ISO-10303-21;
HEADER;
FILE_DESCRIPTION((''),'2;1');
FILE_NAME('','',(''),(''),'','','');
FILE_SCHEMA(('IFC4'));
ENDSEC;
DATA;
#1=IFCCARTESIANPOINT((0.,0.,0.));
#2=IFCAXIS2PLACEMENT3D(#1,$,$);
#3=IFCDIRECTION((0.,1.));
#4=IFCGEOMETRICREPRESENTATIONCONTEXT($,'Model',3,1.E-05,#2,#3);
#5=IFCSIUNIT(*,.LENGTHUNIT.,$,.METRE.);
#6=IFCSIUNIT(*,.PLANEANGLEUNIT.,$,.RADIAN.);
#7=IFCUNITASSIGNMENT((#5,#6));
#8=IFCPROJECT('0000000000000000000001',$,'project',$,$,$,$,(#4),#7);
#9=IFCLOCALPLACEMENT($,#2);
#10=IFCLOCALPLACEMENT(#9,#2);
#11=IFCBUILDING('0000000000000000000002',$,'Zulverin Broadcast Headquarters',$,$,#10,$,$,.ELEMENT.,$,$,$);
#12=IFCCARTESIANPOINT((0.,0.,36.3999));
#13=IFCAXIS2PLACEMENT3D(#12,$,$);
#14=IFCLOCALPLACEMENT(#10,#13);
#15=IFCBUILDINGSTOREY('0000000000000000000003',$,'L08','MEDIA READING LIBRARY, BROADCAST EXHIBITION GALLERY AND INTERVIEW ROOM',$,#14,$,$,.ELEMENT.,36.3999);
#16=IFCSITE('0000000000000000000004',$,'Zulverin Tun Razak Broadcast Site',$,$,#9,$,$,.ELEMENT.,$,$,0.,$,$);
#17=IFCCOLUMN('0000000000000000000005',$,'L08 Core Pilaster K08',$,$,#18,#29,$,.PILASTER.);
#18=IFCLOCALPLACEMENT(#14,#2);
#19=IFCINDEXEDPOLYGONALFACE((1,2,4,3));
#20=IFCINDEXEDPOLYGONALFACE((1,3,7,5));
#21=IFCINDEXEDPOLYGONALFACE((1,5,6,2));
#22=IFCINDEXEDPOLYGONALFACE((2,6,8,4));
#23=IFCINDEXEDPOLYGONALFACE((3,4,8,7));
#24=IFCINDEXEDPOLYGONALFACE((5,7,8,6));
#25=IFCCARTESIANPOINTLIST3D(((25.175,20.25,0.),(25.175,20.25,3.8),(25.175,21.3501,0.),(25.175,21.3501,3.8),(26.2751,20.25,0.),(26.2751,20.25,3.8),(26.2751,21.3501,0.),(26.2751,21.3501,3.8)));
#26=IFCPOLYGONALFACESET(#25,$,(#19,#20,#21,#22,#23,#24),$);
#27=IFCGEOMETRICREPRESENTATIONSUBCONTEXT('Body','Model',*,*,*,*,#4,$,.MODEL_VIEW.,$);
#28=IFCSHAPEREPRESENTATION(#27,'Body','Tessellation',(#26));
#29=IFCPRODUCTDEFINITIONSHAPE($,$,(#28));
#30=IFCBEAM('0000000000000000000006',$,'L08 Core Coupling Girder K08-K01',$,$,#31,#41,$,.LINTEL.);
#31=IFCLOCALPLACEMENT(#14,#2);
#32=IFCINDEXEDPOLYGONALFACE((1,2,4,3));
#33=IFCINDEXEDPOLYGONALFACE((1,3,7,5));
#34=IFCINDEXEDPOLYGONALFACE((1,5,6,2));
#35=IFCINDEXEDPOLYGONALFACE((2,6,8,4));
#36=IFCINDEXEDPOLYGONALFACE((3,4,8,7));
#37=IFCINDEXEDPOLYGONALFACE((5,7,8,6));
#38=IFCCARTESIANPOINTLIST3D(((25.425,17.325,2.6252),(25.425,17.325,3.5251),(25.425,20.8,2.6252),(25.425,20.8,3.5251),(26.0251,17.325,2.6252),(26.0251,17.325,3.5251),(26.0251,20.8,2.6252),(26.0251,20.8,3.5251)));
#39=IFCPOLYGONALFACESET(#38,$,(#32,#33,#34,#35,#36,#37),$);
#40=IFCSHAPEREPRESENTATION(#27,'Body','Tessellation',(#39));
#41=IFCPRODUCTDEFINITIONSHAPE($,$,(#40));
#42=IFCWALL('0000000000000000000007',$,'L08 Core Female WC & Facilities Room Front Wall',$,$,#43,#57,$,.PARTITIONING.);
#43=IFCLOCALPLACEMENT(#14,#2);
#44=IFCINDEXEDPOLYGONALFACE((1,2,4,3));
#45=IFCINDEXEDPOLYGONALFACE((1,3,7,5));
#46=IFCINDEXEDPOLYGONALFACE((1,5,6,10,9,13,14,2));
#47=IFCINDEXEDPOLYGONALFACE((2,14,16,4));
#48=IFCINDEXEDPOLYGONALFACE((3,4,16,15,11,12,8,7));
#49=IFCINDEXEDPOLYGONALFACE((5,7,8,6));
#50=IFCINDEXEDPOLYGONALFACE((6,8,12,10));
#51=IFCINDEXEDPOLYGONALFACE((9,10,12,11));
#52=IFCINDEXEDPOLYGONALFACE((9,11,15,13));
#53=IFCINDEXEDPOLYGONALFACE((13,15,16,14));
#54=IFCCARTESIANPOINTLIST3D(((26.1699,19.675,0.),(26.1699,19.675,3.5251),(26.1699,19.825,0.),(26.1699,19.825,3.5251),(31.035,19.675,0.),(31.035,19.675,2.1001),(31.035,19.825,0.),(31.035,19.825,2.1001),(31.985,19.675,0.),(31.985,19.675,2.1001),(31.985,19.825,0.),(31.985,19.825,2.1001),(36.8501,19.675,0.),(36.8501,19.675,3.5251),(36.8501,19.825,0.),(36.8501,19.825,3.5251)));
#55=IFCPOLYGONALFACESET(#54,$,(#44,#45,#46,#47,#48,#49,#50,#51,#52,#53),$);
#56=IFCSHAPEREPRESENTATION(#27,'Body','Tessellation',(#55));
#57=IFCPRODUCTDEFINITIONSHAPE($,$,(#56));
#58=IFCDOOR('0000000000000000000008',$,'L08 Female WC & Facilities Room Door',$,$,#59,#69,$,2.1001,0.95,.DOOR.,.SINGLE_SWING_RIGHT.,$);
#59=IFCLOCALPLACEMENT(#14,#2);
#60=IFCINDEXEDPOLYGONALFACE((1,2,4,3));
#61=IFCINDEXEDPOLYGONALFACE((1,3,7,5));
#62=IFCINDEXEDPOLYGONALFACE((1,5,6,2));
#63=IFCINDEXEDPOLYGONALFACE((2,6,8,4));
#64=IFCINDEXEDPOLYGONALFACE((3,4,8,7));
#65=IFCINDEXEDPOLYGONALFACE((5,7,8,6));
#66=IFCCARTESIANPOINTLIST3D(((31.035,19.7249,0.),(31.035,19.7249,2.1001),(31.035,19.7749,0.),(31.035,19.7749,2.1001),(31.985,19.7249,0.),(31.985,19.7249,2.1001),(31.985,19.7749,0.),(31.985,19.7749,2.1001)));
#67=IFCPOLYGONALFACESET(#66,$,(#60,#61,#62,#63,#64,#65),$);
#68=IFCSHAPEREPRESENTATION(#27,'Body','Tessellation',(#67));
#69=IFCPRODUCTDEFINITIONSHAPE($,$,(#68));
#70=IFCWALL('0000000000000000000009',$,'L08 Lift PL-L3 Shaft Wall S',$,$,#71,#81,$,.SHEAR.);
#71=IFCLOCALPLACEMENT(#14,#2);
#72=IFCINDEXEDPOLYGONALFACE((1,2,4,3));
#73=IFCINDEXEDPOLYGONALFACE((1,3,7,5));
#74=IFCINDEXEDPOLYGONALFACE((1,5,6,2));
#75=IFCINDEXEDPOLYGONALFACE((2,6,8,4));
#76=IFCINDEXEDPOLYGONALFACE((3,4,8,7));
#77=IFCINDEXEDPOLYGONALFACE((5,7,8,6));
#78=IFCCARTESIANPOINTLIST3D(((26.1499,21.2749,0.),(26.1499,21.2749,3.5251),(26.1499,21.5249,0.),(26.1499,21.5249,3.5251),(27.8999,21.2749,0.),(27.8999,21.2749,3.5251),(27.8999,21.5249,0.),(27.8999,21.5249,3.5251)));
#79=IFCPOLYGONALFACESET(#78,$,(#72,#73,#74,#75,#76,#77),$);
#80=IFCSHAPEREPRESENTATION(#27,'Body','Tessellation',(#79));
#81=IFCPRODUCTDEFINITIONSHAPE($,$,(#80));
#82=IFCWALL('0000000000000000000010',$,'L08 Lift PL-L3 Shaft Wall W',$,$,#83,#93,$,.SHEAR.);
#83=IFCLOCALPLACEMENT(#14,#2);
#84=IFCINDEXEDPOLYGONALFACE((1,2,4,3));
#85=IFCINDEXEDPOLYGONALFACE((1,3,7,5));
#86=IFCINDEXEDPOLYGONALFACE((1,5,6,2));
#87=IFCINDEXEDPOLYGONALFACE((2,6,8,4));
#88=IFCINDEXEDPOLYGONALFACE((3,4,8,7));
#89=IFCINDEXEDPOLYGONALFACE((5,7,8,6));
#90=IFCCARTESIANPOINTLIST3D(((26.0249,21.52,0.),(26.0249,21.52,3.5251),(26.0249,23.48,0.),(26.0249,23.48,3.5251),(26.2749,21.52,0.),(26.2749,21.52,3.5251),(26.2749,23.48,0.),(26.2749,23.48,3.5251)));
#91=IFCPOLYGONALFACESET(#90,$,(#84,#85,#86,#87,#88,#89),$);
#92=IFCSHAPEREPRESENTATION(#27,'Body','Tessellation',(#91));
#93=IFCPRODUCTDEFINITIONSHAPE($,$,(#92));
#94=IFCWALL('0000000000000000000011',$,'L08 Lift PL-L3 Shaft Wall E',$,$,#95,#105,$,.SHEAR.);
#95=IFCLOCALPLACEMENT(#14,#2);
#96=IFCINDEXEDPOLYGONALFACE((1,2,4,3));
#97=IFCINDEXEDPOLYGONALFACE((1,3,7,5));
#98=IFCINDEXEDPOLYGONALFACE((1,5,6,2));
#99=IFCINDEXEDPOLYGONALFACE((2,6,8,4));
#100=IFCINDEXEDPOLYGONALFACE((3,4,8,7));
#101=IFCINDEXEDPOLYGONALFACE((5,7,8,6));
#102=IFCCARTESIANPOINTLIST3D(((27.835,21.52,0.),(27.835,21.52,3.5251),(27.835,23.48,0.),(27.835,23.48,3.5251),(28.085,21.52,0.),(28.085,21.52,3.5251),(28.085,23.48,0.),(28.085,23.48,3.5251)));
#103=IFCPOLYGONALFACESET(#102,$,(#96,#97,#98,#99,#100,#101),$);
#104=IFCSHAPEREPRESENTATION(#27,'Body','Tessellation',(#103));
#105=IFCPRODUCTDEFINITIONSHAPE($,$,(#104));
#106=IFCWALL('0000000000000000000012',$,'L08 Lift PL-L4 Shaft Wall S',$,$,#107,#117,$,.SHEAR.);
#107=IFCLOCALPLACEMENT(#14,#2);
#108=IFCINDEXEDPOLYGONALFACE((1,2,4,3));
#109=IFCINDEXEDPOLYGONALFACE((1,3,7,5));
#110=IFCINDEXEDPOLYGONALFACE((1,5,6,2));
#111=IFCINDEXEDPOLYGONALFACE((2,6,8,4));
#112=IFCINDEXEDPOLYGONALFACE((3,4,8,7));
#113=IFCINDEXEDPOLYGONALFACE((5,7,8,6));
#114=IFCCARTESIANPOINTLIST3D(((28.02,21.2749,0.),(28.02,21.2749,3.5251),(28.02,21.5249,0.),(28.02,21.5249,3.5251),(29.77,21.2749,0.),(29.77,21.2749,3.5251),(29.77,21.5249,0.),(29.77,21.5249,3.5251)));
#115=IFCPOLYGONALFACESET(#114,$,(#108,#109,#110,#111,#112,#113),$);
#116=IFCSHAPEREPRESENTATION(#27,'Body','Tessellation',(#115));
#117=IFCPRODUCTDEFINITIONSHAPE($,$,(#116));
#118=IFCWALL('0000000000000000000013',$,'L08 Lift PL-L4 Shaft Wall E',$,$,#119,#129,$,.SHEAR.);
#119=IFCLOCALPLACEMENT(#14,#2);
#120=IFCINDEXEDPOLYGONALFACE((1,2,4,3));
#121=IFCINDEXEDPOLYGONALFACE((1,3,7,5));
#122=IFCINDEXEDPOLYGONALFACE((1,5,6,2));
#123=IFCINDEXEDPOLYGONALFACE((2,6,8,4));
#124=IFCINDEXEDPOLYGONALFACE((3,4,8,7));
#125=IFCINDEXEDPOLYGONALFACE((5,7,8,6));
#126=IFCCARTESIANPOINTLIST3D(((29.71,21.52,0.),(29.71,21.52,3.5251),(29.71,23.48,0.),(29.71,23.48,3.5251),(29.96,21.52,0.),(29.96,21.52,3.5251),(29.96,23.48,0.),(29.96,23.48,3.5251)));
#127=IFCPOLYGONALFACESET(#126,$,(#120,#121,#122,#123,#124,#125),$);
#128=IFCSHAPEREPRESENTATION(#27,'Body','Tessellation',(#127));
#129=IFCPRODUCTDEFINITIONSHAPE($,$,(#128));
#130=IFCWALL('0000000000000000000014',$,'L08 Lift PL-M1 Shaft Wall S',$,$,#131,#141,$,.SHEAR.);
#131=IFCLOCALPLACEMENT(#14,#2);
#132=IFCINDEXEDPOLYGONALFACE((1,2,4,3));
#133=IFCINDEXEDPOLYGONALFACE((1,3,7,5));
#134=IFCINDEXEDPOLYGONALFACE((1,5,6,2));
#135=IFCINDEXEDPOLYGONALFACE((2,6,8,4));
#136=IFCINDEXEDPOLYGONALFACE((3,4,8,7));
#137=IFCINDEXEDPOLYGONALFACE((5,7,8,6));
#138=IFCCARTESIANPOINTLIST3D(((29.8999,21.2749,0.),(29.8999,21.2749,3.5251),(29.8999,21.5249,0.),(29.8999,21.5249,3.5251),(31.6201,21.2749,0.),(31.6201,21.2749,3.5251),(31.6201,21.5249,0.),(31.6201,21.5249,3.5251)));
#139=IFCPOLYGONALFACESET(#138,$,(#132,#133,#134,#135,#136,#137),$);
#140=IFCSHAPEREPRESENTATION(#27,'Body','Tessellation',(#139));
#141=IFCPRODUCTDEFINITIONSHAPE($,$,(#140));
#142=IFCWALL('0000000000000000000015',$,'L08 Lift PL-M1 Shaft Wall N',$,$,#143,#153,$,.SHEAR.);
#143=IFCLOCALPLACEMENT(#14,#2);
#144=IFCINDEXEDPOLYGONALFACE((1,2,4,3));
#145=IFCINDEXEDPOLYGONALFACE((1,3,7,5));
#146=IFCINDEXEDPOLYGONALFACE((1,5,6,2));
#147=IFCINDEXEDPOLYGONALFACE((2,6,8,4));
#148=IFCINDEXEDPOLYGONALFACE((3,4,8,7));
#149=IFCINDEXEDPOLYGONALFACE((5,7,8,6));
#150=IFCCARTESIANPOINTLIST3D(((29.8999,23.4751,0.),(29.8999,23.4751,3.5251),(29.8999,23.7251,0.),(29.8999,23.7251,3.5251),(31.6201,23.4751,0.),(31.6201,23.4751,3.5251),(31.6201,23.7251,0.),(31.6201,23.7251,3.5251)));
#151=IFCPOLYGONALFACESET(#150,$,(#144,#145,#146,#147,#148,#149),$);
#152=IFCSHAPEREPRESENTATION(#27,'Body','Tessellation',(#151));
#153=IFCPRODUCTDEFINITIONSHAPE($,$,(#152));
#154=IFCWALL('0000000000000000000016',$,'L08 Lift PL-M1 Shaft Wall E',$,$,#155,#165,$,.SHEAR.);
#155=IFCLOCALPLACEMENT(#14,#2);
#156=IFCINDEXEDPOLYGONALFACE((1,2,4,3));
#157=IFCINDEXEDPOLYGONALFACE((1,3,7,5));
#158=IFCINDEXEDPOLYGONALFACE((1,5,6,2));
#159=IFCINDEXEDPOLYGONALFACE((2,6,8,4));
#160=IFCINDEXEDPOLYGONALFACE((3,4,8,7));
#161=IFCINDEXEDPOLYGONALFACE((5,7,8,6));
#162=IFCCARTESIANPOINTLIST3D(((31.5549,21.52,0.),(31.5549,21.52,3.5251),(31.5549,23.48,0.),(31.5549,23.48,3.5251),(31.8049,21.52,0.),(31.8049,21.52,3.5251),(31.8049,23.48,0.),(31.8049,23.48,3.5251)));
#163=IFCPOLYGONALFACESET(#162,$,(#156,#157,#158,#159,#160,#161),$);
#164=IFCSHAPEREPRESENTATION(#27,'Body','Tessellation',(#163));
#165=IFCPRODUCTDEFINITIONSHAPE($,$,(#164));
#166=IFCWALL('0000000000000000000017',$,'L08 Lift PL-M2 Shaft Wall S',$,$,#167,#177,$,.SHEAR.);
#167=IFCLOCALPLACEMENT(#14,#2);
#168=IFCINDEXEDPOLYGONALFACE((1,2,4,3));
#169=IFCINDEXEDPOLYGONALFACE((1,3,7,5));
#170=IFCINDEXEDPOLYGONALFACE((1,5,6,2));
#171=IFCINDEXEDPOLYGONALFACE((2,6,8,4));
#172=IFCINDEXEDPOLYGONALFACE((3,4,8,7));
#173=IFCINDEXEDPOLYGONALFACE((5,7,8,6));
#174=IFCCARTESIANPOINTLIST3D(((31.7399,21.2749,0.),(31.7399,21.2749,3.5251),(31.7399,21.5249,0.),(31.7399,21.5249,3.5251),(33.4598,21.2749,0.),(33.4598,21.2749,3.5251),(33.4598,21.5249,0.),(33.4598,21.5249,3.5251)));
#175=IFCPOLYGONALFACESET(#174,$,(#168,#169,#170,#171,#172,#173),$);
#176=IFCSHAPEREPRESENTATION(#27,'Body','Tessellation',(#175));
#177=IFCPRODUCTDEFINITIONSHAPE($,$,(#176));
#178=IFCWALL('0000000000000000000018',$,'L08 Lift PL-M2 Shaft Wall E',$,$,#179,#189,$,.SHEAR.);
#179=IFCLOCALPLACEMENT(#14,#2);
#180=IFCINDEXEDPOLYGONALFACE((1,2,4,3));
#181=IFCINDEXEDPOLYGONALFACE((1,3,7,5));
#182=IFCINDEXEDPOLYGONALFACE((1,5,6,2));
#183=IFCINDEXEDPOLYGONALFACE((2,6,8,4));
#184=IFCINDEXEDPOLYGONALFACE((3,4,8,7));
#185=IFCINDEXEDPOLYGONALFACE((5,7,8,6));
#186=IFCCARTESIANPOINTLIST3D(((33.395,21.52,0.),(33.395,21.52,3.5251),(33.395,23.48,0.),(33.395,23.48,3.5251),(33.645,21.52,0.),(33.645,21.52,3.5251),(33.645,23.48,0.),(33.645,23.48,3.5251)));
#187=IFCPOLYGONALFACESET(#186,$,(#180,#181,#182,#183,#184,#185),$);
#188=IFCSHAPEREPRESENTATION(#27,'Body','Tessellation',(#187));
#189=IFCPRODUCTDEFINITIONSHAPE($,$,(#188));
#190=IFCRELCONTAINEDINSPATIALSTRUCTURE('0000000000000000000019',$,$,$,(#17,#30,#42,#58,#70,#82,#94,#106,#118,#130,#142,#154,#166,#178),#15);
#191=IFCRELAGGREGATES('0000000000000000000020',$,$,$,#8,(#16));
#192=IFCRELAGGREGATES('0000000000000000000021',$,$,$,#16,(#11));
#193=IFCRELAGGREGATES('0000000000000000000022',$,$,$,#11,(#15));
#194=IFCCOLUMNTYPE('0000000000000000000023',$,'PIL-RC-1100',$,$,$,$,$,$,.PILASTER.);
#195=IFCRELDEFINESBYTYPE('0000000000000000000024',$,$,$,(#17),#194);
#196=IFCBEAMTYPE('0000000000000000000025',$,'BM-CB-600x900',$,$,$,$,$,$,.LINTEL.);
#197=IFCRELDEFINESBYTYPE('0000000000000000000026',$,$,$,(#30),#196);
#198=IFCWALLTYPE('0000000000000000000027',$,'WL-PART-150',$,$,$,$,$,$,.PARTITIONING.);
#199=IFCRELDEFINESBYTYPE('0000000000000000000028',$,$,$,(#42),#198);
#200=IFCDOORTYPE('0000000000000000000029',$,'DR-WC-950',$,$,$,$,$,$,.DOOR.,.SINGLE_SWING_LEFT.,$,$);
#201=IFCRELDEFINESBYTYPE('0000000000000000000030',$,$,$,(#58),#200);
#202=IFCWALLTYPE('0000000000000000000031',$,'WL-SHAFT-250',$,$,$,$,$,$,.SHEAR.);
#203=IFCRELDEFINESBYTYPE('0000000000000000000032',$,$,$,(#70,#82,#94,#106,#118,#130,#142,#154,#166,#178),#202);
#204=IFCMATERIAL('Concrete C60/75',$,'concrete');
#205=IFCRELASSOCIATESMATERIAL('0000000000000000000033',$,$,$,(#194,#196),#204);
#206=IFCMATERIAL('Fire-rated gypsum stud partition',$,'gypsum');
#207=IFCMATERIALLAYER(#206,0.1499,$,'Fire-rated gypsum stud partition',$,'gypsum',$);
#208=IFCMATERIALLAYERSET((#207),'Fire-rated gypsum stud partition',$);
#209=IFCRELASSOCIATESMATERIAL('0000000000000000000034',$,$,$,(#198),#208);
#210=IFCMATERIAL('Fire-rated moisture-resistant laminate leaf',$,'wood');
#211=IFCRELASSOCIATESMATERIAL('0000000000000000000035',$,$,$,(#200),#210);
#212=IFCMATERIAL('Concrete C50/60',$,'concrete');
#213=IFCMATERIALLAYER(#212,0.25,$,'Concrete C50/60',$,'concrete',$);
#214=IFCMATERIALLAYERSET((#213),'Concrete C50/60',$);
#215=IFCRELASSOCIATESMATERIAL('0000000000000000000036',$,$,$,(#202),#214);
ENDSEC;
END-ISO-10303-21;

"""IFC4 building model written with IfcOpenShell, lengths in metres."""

from ifc_helpers import new_model, si_unit, direction, frame, frame_2d, origin, origin_2d, place, context, subcontext, project, spatial, rectangle, extrude, material, layer, layer_set, material_profile, profile_set, type_object, element, fill, save


model = new_model("IFC4")

# Units and contexts
model_context = context("Model", 3, precision=1e-05, world=origin(), true_north=direction((0.0, 1.0)))
body_context = subcontext(model_context, "Body", "Model", "MODEL_VIEW")
ifc_project = project(units=[si_unit("LENGTHUNIT", "METRE"), si_unit("PLANEANGLEUNIT", "RADIAN")], contexts=[model_context])

# Site, building, storey
site_placement = place(None, origin())
site = spatial("IfcSite", under=ifc_project, at=site_placement, Name="Zulverin Tun Razak Broadcast Site", CompositionType="ELEMENT", RefElevation=0.0)
building_placement = place(site_placement, origin())
building = spatial("IfcBuilding", under=site, at=building_placement, Name="Zulverin Broadcast Headquarters", CompositionType="ELEMENT")
storey_placement = place(building_placement, frame((0.0, 0.0, 36.3999)))
storey = spatial("IfcBuildingStorey", under=building, at=storey_placement, Name="L08", Description="MEDIA READING LIBRARY, BROADCAST EXHIBITION GALLERY AND INTERVIEW ROOM", CompositionType="ELEMENT", Elevation=36.3999)

# Column
ifc_material_1 = material(Name="Concrete C60/75", Category="concrete")
ifc_material_profile_1 = material_profile(ifc_material_1, rectangle(XDim=1.1001, YDim=1.1001, at=origin_2d()), Name="Concrete C60/75", Category="concrete")
ifc_profile_set_1 = profile_set([ifc_material_profile_1], Name="Concrete C60/75")
column_type = type_object("IfcColumnType", Name="PIL-RC-1100", PredefinedType="PILASTER", material=ifc_profile_set_1)
column_placement = place(storey_placement, frame((25.7251, 20.8, 0.0), z_axis=(0.0, 0.0, 1.0), x_axis=(1.0, 0.0, 0.0)))
element("IfcColumn", 1, at=column_placement, inside=storey, type_object=column_type, Name="L08 Core Pilaster K08", PredefinedType="PILASTER", context=body_context, shape_type="SweptSolid", body=[
    extrude(rectangle(XDim=1.1001, YDim=1.1001, at=origin_2d()), origin(), (0.0, 0.0, 1.0), 3.8),
])

# Beam
ifc_material_profile_2 = material_profile(ifc_material_1, rectangle(XDim=0.6001, YDim=0.8999, at=origin_2d()), Name="Concrete C60/75", Category="concrete")
ifc_profile_set_2 = profile_set([ifc_material_profile_2], Name="Concrete C60/75")
beam_type = type_object("IfcBeamType", Name="BM-CB-600x900", PredefinedType="LINTEL", material=ifc_profile_set_2)
beam_placement = place(storey_placement, frame((25.7251, 20.8, 3.0752), z_axis=(0.0, -1.0, 0.0), x_axis=(1.0, 0.0, 0.0)))
element("IfcBeam", 2, at=beam_placement, inside=storey, type_object=beam_type, Name="L08 Core Coupling Girder K08-K01", PredefinedType="LINTEL", context=body_context, shape_type="SweptSolid", body=[
    extrude(rectangle(XDim=0.6001, YDim=0.8999, at=origin_2d()), origin(), (0.0, 0.0, 1.0), 3.4751),
])

# Wall, opening, door
ifc_material_2 = material(Name="Fire-rated gypsum stud partition", Category="gypsum")
ifc_layer_1 = layer(ifc_material_2, 0.1499, Name="Fire-rated gypsum stud partition", Category="gypsum")
ifc_layer_set_1 = layer_set([ifc_layer_1], Name="Fire-rated gypsum stud partition")
wall_type_1 = type_object("IfcWallType", Name="WL-PART-150", PredefinedType="PARTITIONING", material=ifc_layer_set_1)
wall_1_placement = place(storey_placement, frame((26.1699, 19.75, 0.0), z_axis=(0.0, 0.0, 1.0), x_axis=(1.0, 0.0, 0.0)))
wall_1 = element("IfcWall", 3, at=wall_1_placement, inside=storey, type_object=wall_type_1, Name="L08 Core Female WC & Facilities Room Front Wall", PredefinedType="PARTITIONING", context=body_context, shape_type="SweptSolid", body=[
    extrude(rectangle(XDim=10.6802, YDim=0.1499, at=frame_2d((5.3401, 0.0))), origin(), (0.0, 0.0, 1.0), 3.5251),
])
opening_1_placement = place(wall_1_placement, frame((4.865, 0.0, 0.0)))
opening_1 = element("IfcOpeningElement", 4, at=opening_1_placement, cuts=wall_1, PredefinedType="OPENING", context=body_context, shape_type="SweptSolid", body=[
    extrude(rectangle(XDim=0.95, YDim=2.1001, at=frame_2d((0.4751, 1.05))), frame((0.0, 0.085, 0.0), z_axis=(0.0, -1.0, 0.0), x_axis=(1.0, 0.0, 0.0)), (0.0, 0.0, 1.0), 0.1699),
])
ifc_material_3 = material(Name="Fire-rated moisture-resistant laminate leaf", Category="wood")
door_type_1 = type_object("IfcDoorType", Name="DR-WC-950", OperationType="SINGLE_SWING_LEFT", PredefinedType="DOOR", material=ifc_material_3)
door_1_placement = place(opening_1_placement, origin())
door_1 = element("IfcDoor", 5, at=door_1_placement, inside=storey, type_object=door_type_1, Name="L08 Female WC & Facilities Room Door", OperationType="SINGLE_SWING_RIGHT", OverallHeight=2.1001, OverallWidth=0.95, PredefinedType="DOOR", context=body_context, shape_type="SweptSolid", body=[
    extrude(rectangle(XDim=0.95, YDim=2.1001, at=frame_2d((0.4751, 1.05))), frame((0.0, 0.0249, 0.0), z_axis=(0.0, -1.0, 0.0), x_axis=(1.0, 0.0, 0.0)), (0.0, 0.0, 1.0), 0.05),
])
fill(opening_1, door_1)

# Wall
ifc_material_4 = material(Name="Concrete C50/60", Category="concrete")
ifc_layer_2 = layer(ifc_material_4, 0.25, Name="Concrete C50/60", Category="concrete")
ifc_layer_set_2 = layer_set([ifc_layer_2], Name="Concrete C50/60")
wall_type_2 = type_object("IfcWallType", Name="WL-SHAFT-250", PredefinedType="SHEAR", material=ifc_layer_set_2)
wall_2_placement = place(storey_placement, frame((26.1499, 21.3999, 0.0), z_axis=(0.0, 0.0, 1.0), x_axis=(1.0, 0.0, 0.0)))
element("IfcWall", 6, at=wall_2_placement, inside=storey, type_object=wall_type_2, Name="L08 Lift PL-L3 Shaft Wall S", PredefinedType="SHEAR", context=body_context, shape_type="SweptSolid", body=[
    extrude(rectangle(XDim=1.75, YDim=0.25, at=frame_2d((0.875, 0.0))), origin(), (0.0, 0.0, 1.0), 3.5251),
])

# Walls
for number, where, z_axis, x_axis, name in (
    (7, (26.1499, 21.52, 0.0), (0.0, 0.0, 1.0), (0.0, 1.0, 0.0), "L08 Lift PL-L3 Shaft Wall W"),
    (8, (27.96, 21.52, 0.0), (0.0, 0.0, 1.0), (0.0, 1.0, 0.0), "L08 Lift PL-L3 Shaft Wall E"),
):
    element("IfcWall", number, at=place(storey_placement, frame(where, z_axis=z_axis, x_axis=x_axis)), inside=storey, type_object=wall_type_2, Name=name, PredefinedType="SHEAR", context=body_context, shape_type="SweptSolid", body=[
        extrude(rectangle(XDim=1.96, YDim=0.25, at=frame_2d((0.98, 0.0))), origin(), (0.0, 0.0, 1.0), 3.5251),
    ])
wall_3_placement = place(storey_placement, frame((28.02, 21.3999, 0.0), z_axis=(0.0, 0.0, 1.0), x_axis=(1.0, 0.0, 0.0)))
element("IfcWall", 9, at=wall_3_placement, inside=storey, type_object=wall_type_2, Name="L08 Lift PL-L4 Shaft Wall S", PredefinedType="SHEAR", context=body_context, shape_type="SweptSolid", body=[
    extrude(rectangle(XDim=1.75, YDim=0.25, at=frame_2d((0.875, 0.0))), origin(), (0.0, 0.0, 1.0), 3.5251),
])

# Walls
wall_4_placement = place(storey_placement, frame((29.835, 21.52, 0.0), z_axis=(0.0, 0.0, 1.0), x_axis=(0.0, 1.0, 0.0)))
element("IfcWall", 10, at=wall_4_placement, inside=storey, type_object=wall_type_2, Name="L08 Lift PL-L4 Shaft Wall E", PredefinedType="SHEAR", context=body_context, shape_type="SweptSolid", body=[
    extrude(rectangle(XDim=1.96, YDim=0.25, at=frame_2d((0.98, 0.0))), origin(), (0.0, 0.0, 1.0), 3.5251),
])
for number, where, z_axis, x_axis, name in (
    (11, (29.8999, 21.3999, 0.0), (0.0, 0.0, 1.0), (1.0, 0.0, 0.0), "L08 Lift PL-M1 Shaft Wall S"),
    (12, (29.8999, 23.6001, 0.0), (0.0, 0.0, 1.0), (1.0, 0.0, 0.0), "L08 Lift PL-M1 Shaft Wall N"),
):
    element("IfcWall", number, at=place(storey_placement, frame(where, z_axis=z_axis, x_axis=x_axis)), inside=storey, type_object=wall_type_2, Name=name, PredefinedType="SHEAR", context=body_context, shape_type="SweptSolid", body=[
        extrude(rectangle(XDim=1.7202, YDim=0.25, at=frame_2d((0.8601, 0.0))), origin(), (0.0, 0.0, 1.0), 3.5251),
    ])
wall_5_placement = place(storey_placement, frame((31.6799, 21.52, 0.0), z_axis=(0.0, 0.0, 1.0), x_axis=(0.0, 1.0, 0.0)))
element("IfcWall", 13, at=wall_5_placement, inside=storey, type_object=wall_type_2, Name="L08 Lift PL-M1 Shaft Wall E", PredefinedType="SHEAR", context=body_context, shape_type="SweptSolid", body=[
    extrude(rectangle(XDim=1.96, YDim=0.25, at=frame_2d((0.98, 0.0))), origin(), (0.0, 0.0, 1.0), 3.5251),
])
wall_6_placement = place(storey_placement, frame((31.74, 21.3999, 0.0), z_axis=(0.0, 0.0, 1.0), x_axis=(1.0, 0.0, 0.0)))
element("IfcWall", 14, at=wall_6_placement, inside=storey, type_object=wall_type_2, Name="L08 Lift PL-M2 Shaft Wall S", PredefinedType="SHEAR", context=body_context, shape_type="SweptSolid", body=[
    extrude(rectangle(XDim=1.72, YDim=0.25, at=frame_2d((0.8599, 0.0))), origin(), (0.0, 0.0, 1.0), 3.5251),
])
wall_7_placement = place(storey_placement, frame((33.52, 21.52, 0.0), z_axis=(0.0, 0.0, 1.0), x_axis=(0.0, 1.0, 0.0)))
element("IfcWall", 15, at=wall_7_placement, inside=storey, type_object=wall_type_2, Name="L08 Lift PL-M2 Shaft Wall E", PredefinedType="SHEAR", context=body_context, shape_type="SweptSolid", body=[
    extrude(rectangle(XDim=1.96, YDim=0.25, at=frame_2d((0.98, 0.0))), origin(), (0.0, 0.0, 1.0), 3.5251),
])

save(model, "model.ifc")
